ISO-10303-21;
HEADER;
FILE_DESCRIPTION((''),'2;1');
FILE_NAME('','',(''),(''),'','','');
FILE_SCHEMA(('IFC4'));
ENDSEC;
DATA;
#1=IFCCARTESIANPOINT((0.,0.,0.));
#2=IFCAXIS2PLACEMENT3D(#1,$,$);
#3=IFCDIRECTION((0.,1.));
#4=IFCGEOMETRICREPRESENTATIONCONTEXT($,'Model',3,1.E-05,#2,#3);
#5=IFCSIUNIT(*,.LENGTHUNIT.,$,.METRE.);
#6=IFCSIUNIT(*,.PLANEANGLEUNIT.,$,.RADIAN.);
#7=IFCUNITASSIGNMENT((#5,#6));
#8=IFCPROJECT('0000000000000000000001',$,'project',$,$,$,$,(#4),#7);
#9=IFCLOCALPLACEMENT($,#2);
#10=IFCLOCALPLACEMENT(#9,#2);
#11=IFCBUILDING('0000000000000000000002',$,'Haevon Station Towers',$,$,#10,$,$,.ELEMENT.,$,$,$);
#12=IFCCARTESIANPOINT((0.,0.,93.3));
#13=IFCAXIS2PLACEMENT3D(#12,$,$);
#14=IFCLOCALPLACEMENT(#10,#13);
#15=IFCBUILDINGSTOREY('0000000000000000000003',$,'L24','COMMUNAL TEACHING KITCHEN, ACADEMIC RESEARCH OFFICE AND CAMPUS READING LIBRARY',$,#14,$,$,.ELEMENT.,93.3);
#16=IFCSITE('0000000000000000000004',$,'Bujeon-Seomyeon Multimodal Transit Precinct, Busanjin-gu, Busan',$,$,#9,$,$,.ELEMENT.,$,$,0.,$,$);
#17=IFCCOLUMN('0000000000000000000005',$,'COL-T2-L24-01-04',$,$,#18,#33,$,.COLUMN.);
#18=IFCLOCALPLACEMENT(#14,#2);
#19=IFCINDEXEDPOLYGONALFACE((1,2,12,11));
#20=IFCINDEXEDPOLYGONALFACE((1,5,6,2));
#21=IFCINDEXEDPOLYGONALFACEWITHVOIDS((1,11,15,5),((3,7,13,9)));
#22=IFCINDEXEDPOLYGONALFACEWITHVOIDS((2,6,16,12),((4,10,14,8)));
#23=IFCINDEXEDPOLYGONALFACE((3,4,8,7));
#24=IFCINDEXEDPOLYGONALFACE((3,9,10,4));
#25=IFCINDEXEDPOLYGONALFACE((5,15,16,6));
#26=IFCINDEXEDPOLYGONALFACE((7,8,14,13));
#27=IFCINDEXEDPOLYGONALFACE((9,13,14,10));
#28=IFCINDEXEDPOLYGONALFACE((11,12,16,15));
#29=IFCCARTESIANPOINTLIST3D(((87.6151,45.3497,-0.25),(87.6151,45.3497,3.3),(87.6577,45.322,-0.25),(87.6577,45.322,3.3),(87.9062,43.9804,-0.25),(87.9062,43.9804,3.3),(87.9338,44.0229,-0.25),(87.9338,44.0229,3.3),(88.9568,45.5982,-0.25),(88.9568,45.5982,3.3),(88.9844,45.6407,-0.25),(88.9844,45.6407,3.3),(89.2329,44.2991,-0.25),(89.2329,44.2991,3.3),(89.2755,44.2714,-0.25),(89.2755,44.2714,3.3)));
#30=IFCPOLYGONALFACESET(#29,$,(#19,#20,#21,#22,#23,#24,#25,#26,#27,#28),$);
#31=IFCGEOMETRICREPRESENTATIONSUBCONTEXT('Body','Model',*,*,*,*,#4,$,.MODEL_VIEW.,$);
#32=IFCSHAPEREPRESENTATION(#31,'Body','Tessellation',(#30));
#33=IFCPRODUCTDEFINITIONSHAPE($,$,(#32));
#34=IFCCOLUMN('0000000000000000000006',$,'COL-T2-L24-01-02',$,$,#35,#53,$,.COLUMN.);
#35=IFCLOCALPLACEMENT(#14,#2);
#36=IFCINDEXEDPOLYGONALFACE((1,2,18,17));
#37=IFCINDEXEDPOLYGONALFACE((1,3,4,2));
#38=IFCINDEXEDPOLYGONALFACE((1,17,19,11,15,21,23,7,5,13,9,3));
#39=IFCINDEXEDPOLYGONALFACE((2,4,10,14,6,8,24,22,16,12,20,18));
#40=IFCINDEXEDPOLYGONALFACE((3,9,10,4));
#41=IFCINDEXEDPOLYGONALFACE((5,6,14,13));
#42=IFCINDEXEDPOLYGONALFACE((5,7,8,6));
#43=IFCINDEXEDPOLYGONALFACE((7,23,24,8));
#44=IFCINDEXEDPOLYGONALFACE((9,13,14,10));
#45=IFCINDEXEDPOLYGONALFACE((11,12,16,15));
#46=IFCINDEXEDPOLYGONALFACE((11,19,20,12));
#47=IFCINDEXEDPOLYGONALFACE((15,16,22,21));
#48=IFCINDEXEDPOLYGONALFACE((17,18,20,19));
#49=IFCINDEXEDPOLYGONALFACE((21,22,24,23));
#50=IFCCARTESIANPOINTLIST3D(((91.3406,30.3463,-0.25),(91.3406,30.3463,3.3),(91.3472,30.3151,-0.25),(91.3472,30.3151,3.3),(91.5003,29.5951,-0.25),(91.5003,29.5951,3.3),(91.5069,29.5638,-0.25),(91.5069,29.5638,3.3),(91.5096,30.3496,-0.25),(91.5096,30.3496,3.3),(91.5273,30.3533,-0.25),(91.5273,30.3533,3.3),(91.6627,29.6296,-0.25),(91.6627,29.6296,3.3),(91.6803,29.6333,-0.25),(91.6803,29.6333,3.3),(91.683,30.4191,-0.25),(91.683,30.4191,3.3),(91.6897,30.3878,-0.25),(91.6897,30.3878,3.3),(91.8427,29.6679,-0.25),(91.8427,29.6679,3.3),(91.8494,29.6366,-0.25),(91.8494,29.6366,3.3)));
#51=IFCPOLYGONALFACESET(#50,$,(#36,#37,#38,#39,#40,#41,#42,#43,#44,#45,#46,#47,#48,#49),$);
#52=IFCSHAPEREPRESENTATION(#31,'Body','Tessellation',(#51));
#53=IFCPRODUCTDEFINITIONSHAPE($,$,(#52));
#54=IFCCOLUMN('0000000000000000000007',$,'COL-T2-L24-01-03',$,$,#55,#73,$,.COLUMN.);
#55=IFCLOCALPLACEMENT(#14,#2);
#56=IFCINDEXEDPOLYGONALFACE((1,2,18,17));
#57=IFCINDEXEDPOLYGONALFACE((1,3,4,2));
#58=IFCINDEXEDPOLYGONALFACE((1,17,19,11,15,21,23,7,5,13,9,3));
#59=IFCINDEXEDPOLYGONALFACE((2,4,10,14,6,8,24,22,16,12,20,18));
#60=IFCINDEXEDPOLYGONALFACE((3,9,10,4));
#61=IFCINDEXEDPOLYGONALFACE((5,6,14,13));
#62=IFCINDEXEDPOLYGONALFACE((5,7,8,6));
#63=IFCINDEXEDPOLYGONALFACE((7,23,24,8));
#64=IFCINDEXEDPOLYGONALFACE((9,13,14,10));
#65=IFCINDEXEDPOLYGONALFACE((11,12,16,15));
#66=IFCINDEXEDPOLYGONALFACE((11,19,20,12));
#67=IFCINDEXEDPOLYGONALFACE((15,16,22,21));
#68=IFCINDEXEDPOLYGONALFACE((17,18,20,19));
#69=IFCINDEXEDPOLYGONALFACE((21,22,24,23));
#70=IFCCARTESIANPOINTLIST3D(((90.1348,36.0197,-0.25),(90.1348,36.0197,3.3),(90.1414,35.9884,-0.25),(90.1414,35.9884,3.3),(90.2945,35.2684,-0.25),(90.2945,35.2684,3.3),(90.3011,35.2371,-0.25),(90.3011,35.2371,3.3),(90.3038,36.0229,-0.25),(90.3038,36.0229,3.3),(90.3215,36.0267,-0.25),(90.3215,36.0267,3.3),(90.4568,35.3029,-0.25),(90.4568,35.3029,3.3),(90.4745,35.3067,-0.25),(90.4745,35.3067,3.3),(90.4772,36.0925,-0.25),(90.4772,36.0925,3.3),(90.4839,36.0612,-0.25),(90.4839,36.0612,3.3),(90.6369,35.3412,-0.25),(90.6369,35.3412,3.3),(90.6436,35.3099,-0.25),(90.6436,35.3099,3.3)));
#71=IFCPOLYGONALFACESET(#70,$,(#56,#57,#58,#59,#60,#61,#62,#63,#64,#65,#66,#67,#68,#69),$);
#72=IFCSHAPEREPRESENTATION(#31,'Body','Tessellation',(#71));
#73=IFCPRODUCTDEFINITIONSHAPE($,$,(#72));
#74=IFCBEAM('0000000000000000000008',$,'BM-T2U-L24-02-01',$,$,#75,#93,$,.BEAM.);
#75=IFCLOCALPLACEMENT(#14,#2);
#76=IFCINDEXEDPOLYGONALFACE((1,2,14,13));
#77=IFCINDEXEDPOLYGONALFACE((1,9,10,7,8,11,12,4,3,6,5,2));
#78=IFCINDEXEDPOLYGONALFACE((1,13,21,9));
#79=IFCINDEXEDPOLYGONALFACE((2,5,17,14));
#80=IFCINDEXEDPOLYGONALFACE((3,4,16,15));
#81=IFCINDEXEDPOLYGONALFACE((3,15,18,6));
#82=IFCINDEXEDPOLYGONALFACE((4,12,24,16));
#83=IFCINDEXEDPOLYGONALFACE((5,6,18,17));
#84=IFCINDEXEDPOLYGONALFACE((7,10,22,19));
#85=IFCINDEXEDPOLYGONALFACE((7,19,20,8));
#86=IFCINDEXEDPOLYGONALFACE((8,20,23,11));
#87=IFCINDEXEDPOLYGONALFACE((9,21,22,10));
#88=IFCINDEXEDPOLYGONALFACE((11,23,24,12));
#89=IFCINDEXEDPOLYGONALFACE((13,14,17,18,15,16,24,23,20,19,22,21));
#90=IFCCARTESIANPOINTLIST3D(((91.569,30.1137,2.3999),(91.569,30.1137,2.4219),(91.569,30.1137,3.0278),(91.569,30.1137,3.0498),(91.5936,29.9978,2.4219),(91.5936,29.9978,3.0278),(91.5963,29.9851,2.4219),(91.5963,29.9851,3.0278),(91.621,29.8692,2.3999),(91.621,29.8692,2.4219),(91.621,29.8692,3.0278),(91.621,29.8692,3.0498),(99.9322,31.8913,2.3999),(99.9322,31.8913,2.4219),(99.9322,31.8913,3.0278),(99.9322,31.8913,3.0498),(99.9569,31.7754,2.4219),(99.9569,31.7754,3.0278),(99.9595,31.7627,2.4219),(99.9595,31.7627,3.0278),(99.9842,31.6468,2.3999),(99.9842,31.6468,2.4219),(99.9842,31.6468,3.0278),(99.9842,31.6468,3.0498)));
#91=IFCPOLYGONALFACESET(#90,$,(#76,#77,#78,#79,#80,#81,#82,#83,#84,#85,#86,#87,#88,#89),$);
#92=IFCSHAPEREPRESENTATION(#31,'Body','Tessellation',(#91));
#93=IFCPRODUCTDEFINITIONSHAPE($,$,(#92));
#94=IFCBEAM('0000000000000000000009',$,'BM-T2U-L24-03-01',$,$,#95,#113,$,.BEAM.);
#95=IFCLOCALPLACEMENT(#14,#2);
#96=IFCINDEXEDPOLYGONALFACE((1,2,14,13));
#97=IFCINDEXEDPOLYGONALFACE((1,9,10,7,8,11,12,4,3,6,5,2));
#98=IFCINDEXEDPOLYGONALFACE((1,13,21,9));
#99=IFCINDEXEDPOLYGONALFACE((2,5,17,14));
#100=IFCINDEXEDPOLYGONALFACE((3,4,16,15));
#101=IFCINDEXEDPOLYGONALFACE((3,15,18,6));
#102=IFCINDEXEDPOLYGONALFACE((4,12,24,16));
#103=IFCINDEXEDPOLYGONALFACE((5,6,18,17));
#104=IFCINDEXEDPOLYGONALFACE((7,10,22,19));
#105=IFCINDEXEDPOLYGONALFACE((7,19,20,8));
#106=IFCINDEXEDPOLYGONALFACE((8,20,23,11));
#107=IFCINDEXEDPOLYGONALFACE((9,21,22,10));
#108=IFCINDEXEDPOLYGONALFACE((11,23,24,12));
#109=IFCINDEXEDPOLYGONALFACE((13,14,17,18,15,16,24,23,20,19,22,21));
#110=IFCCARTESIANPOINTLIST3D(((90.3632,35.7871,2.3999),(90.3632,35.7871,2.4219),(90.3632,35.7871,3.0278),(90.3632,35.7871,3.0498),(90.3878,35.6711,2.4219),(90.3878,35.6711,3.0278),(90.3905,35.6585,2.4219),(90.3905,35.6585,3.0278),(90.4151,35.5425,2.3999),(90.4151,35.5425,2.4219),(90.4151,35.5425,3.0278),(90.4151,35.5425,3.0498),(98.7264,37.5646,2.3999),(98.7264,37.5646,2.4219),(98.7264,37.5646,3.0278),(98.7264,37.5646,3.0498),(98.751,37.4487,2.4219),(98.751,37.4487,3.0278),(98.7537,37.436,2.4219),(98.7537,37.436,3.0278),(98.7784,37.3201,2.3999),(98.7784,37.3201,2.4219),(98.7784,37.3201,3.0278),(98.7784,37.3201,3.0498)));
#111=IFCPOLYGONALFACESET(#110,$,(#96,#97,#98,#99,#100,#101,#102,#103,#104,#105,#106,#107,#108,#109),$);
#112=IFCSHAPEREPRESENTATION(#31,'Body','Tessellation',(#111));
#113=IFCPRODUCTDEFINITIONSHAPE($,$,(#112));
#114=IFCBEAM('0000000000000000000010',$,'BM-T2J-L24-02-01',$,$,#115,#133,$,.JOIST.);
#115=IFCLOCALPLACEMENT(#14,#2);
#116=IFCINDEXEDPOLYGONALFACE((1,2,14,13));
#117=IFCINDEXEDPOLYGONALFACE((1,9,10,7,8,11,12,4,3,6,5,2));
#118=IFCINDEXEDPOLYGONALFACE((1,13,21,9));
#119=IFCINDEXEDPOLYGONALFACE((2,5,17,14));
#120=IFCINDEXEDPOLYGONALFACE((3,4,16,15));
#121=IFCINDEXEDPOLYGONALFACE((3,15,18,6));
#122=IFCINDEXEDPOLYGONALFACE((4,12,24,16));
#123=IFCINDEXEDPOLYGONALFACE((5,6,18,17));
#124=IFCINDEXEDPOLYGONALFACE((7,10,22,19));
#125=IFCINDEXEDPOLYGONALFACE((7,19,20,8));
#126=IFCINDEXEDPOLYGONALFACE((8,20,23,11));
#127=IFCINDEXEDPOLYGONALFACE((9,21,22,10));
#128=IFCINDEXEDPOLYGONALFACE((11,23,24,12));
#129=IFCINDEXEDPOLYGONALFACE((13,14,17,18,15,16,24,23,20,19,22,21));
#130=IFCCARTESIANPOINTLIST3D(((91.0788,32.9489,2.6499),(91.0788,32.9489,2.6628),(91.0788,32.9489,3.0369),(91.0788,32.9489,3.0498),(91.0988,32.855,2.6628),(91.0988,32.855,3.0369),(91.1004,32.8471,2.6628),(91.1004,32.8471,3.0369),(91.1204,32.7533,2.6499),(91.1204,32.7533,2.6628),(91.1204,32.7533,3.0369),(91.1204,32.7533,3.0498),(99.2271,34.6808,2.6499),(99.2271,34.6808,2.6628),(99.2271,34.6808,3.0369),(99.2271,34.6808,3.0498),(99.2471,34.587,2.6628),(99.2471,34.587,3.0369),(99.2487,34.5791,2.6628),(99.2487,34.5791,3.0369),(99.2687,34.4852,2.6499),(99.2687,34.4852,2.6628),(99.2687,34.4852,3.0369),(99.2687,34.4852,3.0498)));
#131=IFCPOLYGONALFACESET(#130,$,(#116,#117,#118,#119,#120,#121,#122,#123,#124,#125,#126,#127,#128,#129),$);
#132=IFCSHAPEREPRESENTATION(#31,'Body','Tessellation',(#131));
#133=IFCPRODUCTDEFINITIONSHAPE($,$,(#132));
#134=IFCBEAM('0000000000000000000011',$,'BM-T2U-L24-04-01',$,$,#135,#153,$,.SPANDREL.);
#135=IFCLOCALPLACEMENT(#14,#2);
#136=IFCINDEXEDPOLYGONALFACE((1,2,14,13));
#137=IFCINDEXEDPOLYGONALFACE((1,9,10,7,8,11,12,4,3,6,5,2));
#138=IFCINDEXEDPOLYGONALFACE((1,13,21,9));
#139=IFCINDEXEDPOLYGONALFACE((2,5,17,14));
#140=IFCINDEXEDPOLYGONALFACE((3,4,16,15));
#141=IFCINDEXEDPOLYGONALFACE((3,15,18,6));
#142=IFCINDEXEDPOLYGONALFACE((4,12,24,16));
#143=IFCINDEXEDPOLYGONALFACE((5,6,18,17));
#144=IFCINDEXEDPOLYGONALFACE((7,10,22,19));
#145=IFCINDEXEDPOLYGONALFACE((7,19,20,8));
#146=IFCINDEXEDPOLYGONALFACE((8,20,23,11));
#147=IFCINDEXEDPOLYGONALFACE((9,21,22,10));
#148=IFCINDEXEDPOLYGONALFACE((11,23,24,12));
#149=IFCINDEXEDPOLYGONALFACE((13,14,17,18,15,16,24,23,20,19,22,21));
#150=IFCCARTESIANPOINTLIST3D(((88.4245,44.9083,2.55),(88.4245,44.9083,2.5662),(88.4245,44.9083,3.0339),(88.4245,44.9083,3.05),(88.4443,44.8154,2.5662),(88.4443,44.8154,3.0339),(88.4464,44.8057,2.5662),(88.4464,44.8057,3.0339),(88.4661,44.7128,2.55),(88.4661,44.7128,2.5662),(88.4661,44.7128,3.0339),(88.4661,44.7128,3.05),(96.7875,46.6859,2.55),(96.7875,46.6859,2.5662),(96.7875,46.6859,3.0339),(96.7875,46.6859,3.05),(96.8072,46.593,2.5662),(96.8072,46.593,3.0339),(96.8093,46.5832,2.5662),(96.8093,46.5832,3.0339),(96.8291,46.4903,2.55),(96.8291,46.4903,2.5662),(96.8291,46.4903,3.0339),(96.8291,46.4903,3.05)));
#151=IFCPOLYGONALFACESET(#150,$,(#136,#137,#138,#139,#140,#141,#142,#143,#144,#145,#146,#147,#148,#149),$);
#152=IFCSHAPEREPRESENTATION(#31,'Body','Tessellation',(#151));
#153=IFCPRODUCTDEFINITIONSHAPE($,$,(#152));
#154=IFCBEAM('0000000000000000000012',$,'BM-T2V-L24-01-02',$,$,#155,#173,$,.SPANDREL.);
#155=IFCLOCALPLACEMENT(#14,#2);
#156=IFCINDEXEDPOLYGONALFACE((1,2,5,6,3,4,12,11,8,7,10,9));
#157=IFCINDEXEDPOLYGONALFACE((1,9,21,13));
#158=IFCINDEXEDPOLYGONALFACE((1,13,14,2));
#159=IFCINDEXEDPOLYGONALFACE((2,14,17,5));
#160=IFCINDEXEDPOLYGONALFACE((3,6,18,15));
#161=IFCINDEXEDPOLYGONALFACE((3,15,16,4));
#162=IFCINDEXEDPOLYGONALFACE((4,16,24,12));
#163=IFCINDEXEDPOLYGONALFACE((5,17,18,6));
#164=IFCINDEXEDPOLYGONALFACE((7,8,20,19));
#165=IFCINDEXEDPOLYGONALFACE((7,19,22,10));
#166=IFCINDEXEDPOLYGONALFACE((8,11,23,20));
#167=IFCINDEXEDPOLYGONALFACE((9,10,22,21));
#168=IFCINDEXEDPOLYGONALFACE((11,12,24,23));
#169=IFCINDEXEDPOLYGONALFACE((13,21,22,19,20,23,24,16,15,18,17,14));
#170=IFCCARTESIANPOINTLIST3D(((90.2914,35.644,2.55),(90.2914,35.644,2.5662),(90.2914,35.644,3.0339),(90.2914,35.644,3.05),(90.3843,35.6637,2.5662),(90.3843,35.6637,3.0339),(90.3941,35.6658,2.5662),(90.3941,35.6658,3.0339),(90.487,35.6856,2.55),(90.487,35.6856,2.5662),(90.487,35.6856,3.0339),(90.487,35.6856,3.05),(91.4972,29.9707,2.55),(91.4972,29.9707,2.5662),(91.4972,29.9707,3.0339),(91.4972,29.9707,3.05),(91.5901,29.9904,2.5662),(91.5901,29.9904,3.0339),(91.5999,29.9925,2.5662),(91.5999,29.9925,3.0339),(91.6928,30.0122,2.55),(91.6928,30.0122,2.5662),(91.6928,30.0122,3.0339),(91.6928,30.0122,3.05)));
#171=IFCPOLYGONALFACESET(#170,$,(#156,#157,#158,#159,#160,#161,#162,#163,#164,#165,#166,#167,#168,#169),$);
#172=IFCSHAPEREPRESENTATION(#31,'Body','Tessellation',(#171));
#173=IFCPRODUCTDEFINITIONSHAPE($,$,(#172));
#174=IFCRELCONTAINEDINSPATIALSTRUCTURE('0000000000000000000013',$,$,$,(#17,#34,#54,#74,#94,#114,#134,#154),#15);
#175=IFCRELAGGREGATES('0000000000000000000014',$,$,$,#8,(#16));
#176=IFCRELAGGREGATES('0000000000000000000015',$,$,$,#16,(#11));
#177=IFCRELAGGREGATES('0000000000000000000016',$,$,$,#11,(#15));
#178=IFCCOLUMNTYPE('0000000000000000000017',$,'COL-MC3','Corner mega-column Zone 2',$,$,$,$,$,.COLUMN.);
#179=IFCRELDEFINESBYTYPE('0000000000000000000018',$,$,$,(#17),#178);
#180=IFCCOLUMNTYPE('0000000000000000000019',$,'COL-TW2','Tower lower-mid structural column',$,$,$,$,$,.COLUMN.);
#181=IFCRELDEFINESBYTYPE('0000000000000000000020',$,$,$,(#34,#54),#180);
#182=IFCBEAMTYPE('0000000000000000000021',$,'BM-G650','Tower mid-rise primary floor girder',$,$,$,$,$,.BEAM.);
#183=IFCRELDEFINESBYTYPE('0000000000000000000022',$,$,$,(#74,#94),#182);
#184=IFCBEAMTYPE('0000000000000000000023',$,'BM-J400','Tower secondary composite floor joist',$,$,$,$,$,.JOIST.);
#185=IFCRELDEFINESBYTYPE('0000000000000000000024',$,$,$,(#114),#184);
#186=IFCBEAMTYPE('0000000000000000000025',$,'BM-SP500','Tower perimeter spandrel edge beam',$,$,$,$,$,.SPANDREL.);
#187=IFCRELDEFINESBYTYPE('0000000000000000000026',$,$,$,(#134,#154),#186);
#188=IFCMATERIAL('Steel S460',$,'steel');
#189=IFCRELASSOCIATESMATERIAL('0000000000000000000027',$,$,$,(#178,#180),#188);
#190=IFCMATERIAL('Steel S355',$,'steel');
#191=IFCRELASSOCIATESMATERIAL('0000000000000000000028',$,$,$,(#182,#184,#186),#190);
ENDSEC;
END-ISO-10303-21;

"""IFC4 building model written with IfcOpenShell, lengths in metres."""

from ifc_helpers import new_model, si_unit, direction, frame, origin, origin_2d, place, context, subcontext, project, spatial, hollow_rectangle, i_section, extrude, material, material_profile, profile_set, type_object, element, save


model = new_model("IFC4")

# Units and contexts
model_context = context("Model", 3, precision=1e-05, world=origin(), true_north=direction((0.0, 1.0)))
body_context = subcontext(model_context, "Body", "Model", "MODEL_VIEW")
ifc_project = project(units=[si_unit("LENGTHUNIT", "METRE"), si_unit("PLANEANGLEUNIT", "RADIAN")], contexts=[model_context])

# Site, building, storey
site_placement = place(None, origin())
site = spatial("IfcSite", under=ifc_project, at=site_placement, Name="Bujeon-Seomyeon Multimodal Transit Precinct, Busanjin-gu, Busan", CompositionType="ELEMENT", RefElevation=0.0)
building_placement = place(site_placement, origin())
building = spatial("IfcBuilding", under=site, at=building_placement, Name="Haevon Station Towers", CompositionType="ELEMENT")
storey_placement = place(building_placement, frame((0.0, 0.0, 93.3)))
storey = spatial("IfcBuildingStorey", under=building, at=storey_placement, Name="L24", Description="COMMUNAL TEACHING KITCHEN, ACADEMIC RESEARCH OFFICE AND CAMPUS READING LIBRARY", CompositionType="ELEMENT", Elevation=93.3)

# Columns
ifc_material_1 = material(Name="Steel S460", Category="steel")
ifc_material_profile_1 = material_profile(ifc_material_1, hollow_rectangle(XDim=1.3999, YDim=1.3999, WallThickness=0.0359, at=origin_2d()), Name="BOX-1400x1400x36")
ifc_profile_set_1 = profile_set([ifc_material_profile_1], Name="Steel S460")
column_type_1 = type_object("IfcColumnType", Name="COL-MC3", Description="Corner mega-column Zone 2", PredefinedType="COLUMN", material=ifc_profile_set_1)
column_placement = place(storey_placement, frame((88.4453, 44.8105, -0.25), z_axis=(0.0, 0.0, 1.0), x_axis=(0.978148, 0.207912, 0.0)))
element("IfcColumn", 1, at=column_placement, inside=storey, type_object=column_type_1, Name="COL-T2-L24-01-04", PredefinedType="COLUMN", context=body_context, shape_type="SweptSolid", body=[
    extrude(hollow_rectangle(XDim=1.3999, YDim=1.3999, WallThickness=0.0359, at=origin_2d()), origin(), (0.0, 0.0, 1.0), 3.55),
])
ifc_material_profile_2 = material_profile(ifc_material_1, i_section(OverallWidth=0.3501, OverallDepth=0.8, WebThickness=0.0181, FlangeThickness=0.032, at=origin_2d()), Name="H-800x350x18x32")
ifc_profile_set_2 = profile_set([ifc_material_profile_2], Name="Steel S460")
column_type_2 = type_object("IfcColumnType", Name="COL-TW2", Description="Tower lower-mid structural column", PredefinedType="COLUMN", material=ifc_profile_set_2)
for number, where, z_axis, x_axis, name in (
    (2, (91.595, 29.9915, -0.25), (0.0, 0.0, 1.0), (0.978148, 0.207912, 0.0), "COL-T2-L24-01-02"),
    (3, (90.3892, 35.6648, -0.25), (0.0, 0.0, 1.0), (0.978148, 0.207912, 0.0), "COL-T2-L24-01-03"),
):
    element("IfcColumn", number, at=place(storey_placement, frame(where, z_axis=z_axis, x_axis=x_axis)), inside=storey, type_object=column_type_2, Name=name, PredefinedType="COLUMN", context=body_context, shape_type="SweptSolid", body=[
        extrude(i_section(OverallWidth=0.3501, OverallDepth=0.8, WebThickness=0.0181, FlangeThickness=0.032, at=origin_2d()), origin(), (0.0, 0.0, 1.0), 3.55),
    ])

# Beams
ifc_material_2 = material(Name="Steel S355", Category="steel")
ifc_material_profile_3 = material_profile(ifc_material_2, i_section(OverallWidth=0.25, OverallDepth=0.6499, WebThickness=0.0129, FlangeThickness=0.022, at=origin_2d()), Name="H-650x250x13x22")
ifc_profile_set_3 = profile_set([ifc_material_profile_3], Name="Steel S355")
beam_type_1 = type_object("IfcBeamType", Name="BM-G650", Description="Tower mid-rise primary floor girder", PredefinedType="BEAM", material=ifc_profile_set_3)
for number, where, z_axis, x_axis, name in (
    (4, (91.595, 29.9915, 2.7249), (0.97815, 0.207902, 0.0), (-0.207902, 0.97815, 0.0), "BM-T2U-L24-02-01"),
    (5, (90.3892, 35.6648, 2.7249), (0.97815, 0.207902, 0.0), (-0.207902, 0.97815, 0.0), "BM-T2U-L24-03-01"),
):
    element("IfcBeam", number, at=place(storey_placement, frame(where, z_axis=z_axis, x_axis=x_axis)), inside=storey, type_object=beam_type_1, Name=name, PredefinedType="BEAM", context=body_context, shape_type="SweptSolid", body=[
        extrude(i_section(OverallWidth=0.25, OverallDepth=0.6499, WebThickness=0.0129, FlangeThickness=0.022, at=origin_2d()), origin(), (0.0, 0.0, 1.0), 8.55),
    ])
ifc_material_profile_4 = material_profile(ifc_material_2, i_section(OverallWidth=0.2, OverallDepth=0.3999, WebThickness=0.0081, FlangeThickness=0.0129, at=origin_2d()), Name="H-400x200x8x13")
ifc_profile_set_4 = profile_set([ifc_material_profile_4], Name="Steel S355")
beam_type_2 = type_object("IfcBeamType", Name="BM-J400", Description="Tower secondary composite floor joist", PredefinedType="JOIST", material=ifc_profile_set_4)
beam_1_placement = place(storey_placement, frame((91.0996, 32.8511, 2.8499), z_axis=(0.978148, 0.20791, 0.0), x_axis=(-0.20791, 0.978148, 0.0)))
element("IfcBeam", 6, at=beam_1_placement, inside=storey, type_object=beam_type_2, Name="BM-T2J-L24-02-01", PredefinedType="JOIST", context=body_context, shape_type="SweptSolid", body=[
    extrude(i_section(OverallWidth=0.2, OverallDepth=0.3999, WebThickness=0.0081, FlangeThickness=0.0129, at=origin_2d()), origin(), (0.0, 0.0, 1.0), 8.3303),
])
ifc_material_profile_5 = material_profile(ifc_material_2, i_section(OverallWidth=0.2, OverallDepth=0.5, WebThickness=0.01, FlangeThickness=0.0161, at=origin_2d()), Name="H-500x200x10x16")
ifc_profile_set_5 = profile_set([ifc_material_profile_5], Name="Steel S355")
beam_type_3 = type_object("IfcBeamType", Name="BM-SP500", Description="Tower perimeter spandrel edge beam", PredefinedType="SPANDREL", material=ifc_profile_set_5)
beam_2_placement = place(storey_placement, frame((88.4453, 44.8105, 2.8), z_axis=(0.978148, 0.207908, 0.0), x_axis=(-0.207908, 0.978148, 0.0)))
element("IfcBeam", 7, at=beam_2_placement, inside=storey, type_object=beam_type_3, Name="BM-T2U-L24-04-01", PredefinedType="SPANDREL", context=body_context, shape_type="SweptSolid", body=[
    extrude(i_section(OverallWidth=0.2, OverallDepth=0.5, WebThickness=0.01, FlangeThickness=0.0161, at=origin_2d()), origin(), (0.0, 0.0, 1.0), 8.5498),
])
beam_3_placement = place(storey_placement, frame((91.595, 29.9915, 2.8), z_axis=(-0.207896, 0.978151, 0.0), x_axis=(-0.978151, -0.207896, 0.0)))
element("IfcBeam", 8, at=beam_3_placement, inside=storey, type_object=beam_type_3, Name="BM-T2V-L24-01-02", PredefinedType="SPANDREL", context=body_context, shape_type="SweptSolid", body=[
    extrude(i_section(OverallWidth=0.2, OverallDepth=0.5, WebThickness=0.01, FlangeThickness=0.0161, at=origin_2d()), origin(), (0.0, 0.0, 1.0), 5.8),
])

save(model, "model.ifc")
